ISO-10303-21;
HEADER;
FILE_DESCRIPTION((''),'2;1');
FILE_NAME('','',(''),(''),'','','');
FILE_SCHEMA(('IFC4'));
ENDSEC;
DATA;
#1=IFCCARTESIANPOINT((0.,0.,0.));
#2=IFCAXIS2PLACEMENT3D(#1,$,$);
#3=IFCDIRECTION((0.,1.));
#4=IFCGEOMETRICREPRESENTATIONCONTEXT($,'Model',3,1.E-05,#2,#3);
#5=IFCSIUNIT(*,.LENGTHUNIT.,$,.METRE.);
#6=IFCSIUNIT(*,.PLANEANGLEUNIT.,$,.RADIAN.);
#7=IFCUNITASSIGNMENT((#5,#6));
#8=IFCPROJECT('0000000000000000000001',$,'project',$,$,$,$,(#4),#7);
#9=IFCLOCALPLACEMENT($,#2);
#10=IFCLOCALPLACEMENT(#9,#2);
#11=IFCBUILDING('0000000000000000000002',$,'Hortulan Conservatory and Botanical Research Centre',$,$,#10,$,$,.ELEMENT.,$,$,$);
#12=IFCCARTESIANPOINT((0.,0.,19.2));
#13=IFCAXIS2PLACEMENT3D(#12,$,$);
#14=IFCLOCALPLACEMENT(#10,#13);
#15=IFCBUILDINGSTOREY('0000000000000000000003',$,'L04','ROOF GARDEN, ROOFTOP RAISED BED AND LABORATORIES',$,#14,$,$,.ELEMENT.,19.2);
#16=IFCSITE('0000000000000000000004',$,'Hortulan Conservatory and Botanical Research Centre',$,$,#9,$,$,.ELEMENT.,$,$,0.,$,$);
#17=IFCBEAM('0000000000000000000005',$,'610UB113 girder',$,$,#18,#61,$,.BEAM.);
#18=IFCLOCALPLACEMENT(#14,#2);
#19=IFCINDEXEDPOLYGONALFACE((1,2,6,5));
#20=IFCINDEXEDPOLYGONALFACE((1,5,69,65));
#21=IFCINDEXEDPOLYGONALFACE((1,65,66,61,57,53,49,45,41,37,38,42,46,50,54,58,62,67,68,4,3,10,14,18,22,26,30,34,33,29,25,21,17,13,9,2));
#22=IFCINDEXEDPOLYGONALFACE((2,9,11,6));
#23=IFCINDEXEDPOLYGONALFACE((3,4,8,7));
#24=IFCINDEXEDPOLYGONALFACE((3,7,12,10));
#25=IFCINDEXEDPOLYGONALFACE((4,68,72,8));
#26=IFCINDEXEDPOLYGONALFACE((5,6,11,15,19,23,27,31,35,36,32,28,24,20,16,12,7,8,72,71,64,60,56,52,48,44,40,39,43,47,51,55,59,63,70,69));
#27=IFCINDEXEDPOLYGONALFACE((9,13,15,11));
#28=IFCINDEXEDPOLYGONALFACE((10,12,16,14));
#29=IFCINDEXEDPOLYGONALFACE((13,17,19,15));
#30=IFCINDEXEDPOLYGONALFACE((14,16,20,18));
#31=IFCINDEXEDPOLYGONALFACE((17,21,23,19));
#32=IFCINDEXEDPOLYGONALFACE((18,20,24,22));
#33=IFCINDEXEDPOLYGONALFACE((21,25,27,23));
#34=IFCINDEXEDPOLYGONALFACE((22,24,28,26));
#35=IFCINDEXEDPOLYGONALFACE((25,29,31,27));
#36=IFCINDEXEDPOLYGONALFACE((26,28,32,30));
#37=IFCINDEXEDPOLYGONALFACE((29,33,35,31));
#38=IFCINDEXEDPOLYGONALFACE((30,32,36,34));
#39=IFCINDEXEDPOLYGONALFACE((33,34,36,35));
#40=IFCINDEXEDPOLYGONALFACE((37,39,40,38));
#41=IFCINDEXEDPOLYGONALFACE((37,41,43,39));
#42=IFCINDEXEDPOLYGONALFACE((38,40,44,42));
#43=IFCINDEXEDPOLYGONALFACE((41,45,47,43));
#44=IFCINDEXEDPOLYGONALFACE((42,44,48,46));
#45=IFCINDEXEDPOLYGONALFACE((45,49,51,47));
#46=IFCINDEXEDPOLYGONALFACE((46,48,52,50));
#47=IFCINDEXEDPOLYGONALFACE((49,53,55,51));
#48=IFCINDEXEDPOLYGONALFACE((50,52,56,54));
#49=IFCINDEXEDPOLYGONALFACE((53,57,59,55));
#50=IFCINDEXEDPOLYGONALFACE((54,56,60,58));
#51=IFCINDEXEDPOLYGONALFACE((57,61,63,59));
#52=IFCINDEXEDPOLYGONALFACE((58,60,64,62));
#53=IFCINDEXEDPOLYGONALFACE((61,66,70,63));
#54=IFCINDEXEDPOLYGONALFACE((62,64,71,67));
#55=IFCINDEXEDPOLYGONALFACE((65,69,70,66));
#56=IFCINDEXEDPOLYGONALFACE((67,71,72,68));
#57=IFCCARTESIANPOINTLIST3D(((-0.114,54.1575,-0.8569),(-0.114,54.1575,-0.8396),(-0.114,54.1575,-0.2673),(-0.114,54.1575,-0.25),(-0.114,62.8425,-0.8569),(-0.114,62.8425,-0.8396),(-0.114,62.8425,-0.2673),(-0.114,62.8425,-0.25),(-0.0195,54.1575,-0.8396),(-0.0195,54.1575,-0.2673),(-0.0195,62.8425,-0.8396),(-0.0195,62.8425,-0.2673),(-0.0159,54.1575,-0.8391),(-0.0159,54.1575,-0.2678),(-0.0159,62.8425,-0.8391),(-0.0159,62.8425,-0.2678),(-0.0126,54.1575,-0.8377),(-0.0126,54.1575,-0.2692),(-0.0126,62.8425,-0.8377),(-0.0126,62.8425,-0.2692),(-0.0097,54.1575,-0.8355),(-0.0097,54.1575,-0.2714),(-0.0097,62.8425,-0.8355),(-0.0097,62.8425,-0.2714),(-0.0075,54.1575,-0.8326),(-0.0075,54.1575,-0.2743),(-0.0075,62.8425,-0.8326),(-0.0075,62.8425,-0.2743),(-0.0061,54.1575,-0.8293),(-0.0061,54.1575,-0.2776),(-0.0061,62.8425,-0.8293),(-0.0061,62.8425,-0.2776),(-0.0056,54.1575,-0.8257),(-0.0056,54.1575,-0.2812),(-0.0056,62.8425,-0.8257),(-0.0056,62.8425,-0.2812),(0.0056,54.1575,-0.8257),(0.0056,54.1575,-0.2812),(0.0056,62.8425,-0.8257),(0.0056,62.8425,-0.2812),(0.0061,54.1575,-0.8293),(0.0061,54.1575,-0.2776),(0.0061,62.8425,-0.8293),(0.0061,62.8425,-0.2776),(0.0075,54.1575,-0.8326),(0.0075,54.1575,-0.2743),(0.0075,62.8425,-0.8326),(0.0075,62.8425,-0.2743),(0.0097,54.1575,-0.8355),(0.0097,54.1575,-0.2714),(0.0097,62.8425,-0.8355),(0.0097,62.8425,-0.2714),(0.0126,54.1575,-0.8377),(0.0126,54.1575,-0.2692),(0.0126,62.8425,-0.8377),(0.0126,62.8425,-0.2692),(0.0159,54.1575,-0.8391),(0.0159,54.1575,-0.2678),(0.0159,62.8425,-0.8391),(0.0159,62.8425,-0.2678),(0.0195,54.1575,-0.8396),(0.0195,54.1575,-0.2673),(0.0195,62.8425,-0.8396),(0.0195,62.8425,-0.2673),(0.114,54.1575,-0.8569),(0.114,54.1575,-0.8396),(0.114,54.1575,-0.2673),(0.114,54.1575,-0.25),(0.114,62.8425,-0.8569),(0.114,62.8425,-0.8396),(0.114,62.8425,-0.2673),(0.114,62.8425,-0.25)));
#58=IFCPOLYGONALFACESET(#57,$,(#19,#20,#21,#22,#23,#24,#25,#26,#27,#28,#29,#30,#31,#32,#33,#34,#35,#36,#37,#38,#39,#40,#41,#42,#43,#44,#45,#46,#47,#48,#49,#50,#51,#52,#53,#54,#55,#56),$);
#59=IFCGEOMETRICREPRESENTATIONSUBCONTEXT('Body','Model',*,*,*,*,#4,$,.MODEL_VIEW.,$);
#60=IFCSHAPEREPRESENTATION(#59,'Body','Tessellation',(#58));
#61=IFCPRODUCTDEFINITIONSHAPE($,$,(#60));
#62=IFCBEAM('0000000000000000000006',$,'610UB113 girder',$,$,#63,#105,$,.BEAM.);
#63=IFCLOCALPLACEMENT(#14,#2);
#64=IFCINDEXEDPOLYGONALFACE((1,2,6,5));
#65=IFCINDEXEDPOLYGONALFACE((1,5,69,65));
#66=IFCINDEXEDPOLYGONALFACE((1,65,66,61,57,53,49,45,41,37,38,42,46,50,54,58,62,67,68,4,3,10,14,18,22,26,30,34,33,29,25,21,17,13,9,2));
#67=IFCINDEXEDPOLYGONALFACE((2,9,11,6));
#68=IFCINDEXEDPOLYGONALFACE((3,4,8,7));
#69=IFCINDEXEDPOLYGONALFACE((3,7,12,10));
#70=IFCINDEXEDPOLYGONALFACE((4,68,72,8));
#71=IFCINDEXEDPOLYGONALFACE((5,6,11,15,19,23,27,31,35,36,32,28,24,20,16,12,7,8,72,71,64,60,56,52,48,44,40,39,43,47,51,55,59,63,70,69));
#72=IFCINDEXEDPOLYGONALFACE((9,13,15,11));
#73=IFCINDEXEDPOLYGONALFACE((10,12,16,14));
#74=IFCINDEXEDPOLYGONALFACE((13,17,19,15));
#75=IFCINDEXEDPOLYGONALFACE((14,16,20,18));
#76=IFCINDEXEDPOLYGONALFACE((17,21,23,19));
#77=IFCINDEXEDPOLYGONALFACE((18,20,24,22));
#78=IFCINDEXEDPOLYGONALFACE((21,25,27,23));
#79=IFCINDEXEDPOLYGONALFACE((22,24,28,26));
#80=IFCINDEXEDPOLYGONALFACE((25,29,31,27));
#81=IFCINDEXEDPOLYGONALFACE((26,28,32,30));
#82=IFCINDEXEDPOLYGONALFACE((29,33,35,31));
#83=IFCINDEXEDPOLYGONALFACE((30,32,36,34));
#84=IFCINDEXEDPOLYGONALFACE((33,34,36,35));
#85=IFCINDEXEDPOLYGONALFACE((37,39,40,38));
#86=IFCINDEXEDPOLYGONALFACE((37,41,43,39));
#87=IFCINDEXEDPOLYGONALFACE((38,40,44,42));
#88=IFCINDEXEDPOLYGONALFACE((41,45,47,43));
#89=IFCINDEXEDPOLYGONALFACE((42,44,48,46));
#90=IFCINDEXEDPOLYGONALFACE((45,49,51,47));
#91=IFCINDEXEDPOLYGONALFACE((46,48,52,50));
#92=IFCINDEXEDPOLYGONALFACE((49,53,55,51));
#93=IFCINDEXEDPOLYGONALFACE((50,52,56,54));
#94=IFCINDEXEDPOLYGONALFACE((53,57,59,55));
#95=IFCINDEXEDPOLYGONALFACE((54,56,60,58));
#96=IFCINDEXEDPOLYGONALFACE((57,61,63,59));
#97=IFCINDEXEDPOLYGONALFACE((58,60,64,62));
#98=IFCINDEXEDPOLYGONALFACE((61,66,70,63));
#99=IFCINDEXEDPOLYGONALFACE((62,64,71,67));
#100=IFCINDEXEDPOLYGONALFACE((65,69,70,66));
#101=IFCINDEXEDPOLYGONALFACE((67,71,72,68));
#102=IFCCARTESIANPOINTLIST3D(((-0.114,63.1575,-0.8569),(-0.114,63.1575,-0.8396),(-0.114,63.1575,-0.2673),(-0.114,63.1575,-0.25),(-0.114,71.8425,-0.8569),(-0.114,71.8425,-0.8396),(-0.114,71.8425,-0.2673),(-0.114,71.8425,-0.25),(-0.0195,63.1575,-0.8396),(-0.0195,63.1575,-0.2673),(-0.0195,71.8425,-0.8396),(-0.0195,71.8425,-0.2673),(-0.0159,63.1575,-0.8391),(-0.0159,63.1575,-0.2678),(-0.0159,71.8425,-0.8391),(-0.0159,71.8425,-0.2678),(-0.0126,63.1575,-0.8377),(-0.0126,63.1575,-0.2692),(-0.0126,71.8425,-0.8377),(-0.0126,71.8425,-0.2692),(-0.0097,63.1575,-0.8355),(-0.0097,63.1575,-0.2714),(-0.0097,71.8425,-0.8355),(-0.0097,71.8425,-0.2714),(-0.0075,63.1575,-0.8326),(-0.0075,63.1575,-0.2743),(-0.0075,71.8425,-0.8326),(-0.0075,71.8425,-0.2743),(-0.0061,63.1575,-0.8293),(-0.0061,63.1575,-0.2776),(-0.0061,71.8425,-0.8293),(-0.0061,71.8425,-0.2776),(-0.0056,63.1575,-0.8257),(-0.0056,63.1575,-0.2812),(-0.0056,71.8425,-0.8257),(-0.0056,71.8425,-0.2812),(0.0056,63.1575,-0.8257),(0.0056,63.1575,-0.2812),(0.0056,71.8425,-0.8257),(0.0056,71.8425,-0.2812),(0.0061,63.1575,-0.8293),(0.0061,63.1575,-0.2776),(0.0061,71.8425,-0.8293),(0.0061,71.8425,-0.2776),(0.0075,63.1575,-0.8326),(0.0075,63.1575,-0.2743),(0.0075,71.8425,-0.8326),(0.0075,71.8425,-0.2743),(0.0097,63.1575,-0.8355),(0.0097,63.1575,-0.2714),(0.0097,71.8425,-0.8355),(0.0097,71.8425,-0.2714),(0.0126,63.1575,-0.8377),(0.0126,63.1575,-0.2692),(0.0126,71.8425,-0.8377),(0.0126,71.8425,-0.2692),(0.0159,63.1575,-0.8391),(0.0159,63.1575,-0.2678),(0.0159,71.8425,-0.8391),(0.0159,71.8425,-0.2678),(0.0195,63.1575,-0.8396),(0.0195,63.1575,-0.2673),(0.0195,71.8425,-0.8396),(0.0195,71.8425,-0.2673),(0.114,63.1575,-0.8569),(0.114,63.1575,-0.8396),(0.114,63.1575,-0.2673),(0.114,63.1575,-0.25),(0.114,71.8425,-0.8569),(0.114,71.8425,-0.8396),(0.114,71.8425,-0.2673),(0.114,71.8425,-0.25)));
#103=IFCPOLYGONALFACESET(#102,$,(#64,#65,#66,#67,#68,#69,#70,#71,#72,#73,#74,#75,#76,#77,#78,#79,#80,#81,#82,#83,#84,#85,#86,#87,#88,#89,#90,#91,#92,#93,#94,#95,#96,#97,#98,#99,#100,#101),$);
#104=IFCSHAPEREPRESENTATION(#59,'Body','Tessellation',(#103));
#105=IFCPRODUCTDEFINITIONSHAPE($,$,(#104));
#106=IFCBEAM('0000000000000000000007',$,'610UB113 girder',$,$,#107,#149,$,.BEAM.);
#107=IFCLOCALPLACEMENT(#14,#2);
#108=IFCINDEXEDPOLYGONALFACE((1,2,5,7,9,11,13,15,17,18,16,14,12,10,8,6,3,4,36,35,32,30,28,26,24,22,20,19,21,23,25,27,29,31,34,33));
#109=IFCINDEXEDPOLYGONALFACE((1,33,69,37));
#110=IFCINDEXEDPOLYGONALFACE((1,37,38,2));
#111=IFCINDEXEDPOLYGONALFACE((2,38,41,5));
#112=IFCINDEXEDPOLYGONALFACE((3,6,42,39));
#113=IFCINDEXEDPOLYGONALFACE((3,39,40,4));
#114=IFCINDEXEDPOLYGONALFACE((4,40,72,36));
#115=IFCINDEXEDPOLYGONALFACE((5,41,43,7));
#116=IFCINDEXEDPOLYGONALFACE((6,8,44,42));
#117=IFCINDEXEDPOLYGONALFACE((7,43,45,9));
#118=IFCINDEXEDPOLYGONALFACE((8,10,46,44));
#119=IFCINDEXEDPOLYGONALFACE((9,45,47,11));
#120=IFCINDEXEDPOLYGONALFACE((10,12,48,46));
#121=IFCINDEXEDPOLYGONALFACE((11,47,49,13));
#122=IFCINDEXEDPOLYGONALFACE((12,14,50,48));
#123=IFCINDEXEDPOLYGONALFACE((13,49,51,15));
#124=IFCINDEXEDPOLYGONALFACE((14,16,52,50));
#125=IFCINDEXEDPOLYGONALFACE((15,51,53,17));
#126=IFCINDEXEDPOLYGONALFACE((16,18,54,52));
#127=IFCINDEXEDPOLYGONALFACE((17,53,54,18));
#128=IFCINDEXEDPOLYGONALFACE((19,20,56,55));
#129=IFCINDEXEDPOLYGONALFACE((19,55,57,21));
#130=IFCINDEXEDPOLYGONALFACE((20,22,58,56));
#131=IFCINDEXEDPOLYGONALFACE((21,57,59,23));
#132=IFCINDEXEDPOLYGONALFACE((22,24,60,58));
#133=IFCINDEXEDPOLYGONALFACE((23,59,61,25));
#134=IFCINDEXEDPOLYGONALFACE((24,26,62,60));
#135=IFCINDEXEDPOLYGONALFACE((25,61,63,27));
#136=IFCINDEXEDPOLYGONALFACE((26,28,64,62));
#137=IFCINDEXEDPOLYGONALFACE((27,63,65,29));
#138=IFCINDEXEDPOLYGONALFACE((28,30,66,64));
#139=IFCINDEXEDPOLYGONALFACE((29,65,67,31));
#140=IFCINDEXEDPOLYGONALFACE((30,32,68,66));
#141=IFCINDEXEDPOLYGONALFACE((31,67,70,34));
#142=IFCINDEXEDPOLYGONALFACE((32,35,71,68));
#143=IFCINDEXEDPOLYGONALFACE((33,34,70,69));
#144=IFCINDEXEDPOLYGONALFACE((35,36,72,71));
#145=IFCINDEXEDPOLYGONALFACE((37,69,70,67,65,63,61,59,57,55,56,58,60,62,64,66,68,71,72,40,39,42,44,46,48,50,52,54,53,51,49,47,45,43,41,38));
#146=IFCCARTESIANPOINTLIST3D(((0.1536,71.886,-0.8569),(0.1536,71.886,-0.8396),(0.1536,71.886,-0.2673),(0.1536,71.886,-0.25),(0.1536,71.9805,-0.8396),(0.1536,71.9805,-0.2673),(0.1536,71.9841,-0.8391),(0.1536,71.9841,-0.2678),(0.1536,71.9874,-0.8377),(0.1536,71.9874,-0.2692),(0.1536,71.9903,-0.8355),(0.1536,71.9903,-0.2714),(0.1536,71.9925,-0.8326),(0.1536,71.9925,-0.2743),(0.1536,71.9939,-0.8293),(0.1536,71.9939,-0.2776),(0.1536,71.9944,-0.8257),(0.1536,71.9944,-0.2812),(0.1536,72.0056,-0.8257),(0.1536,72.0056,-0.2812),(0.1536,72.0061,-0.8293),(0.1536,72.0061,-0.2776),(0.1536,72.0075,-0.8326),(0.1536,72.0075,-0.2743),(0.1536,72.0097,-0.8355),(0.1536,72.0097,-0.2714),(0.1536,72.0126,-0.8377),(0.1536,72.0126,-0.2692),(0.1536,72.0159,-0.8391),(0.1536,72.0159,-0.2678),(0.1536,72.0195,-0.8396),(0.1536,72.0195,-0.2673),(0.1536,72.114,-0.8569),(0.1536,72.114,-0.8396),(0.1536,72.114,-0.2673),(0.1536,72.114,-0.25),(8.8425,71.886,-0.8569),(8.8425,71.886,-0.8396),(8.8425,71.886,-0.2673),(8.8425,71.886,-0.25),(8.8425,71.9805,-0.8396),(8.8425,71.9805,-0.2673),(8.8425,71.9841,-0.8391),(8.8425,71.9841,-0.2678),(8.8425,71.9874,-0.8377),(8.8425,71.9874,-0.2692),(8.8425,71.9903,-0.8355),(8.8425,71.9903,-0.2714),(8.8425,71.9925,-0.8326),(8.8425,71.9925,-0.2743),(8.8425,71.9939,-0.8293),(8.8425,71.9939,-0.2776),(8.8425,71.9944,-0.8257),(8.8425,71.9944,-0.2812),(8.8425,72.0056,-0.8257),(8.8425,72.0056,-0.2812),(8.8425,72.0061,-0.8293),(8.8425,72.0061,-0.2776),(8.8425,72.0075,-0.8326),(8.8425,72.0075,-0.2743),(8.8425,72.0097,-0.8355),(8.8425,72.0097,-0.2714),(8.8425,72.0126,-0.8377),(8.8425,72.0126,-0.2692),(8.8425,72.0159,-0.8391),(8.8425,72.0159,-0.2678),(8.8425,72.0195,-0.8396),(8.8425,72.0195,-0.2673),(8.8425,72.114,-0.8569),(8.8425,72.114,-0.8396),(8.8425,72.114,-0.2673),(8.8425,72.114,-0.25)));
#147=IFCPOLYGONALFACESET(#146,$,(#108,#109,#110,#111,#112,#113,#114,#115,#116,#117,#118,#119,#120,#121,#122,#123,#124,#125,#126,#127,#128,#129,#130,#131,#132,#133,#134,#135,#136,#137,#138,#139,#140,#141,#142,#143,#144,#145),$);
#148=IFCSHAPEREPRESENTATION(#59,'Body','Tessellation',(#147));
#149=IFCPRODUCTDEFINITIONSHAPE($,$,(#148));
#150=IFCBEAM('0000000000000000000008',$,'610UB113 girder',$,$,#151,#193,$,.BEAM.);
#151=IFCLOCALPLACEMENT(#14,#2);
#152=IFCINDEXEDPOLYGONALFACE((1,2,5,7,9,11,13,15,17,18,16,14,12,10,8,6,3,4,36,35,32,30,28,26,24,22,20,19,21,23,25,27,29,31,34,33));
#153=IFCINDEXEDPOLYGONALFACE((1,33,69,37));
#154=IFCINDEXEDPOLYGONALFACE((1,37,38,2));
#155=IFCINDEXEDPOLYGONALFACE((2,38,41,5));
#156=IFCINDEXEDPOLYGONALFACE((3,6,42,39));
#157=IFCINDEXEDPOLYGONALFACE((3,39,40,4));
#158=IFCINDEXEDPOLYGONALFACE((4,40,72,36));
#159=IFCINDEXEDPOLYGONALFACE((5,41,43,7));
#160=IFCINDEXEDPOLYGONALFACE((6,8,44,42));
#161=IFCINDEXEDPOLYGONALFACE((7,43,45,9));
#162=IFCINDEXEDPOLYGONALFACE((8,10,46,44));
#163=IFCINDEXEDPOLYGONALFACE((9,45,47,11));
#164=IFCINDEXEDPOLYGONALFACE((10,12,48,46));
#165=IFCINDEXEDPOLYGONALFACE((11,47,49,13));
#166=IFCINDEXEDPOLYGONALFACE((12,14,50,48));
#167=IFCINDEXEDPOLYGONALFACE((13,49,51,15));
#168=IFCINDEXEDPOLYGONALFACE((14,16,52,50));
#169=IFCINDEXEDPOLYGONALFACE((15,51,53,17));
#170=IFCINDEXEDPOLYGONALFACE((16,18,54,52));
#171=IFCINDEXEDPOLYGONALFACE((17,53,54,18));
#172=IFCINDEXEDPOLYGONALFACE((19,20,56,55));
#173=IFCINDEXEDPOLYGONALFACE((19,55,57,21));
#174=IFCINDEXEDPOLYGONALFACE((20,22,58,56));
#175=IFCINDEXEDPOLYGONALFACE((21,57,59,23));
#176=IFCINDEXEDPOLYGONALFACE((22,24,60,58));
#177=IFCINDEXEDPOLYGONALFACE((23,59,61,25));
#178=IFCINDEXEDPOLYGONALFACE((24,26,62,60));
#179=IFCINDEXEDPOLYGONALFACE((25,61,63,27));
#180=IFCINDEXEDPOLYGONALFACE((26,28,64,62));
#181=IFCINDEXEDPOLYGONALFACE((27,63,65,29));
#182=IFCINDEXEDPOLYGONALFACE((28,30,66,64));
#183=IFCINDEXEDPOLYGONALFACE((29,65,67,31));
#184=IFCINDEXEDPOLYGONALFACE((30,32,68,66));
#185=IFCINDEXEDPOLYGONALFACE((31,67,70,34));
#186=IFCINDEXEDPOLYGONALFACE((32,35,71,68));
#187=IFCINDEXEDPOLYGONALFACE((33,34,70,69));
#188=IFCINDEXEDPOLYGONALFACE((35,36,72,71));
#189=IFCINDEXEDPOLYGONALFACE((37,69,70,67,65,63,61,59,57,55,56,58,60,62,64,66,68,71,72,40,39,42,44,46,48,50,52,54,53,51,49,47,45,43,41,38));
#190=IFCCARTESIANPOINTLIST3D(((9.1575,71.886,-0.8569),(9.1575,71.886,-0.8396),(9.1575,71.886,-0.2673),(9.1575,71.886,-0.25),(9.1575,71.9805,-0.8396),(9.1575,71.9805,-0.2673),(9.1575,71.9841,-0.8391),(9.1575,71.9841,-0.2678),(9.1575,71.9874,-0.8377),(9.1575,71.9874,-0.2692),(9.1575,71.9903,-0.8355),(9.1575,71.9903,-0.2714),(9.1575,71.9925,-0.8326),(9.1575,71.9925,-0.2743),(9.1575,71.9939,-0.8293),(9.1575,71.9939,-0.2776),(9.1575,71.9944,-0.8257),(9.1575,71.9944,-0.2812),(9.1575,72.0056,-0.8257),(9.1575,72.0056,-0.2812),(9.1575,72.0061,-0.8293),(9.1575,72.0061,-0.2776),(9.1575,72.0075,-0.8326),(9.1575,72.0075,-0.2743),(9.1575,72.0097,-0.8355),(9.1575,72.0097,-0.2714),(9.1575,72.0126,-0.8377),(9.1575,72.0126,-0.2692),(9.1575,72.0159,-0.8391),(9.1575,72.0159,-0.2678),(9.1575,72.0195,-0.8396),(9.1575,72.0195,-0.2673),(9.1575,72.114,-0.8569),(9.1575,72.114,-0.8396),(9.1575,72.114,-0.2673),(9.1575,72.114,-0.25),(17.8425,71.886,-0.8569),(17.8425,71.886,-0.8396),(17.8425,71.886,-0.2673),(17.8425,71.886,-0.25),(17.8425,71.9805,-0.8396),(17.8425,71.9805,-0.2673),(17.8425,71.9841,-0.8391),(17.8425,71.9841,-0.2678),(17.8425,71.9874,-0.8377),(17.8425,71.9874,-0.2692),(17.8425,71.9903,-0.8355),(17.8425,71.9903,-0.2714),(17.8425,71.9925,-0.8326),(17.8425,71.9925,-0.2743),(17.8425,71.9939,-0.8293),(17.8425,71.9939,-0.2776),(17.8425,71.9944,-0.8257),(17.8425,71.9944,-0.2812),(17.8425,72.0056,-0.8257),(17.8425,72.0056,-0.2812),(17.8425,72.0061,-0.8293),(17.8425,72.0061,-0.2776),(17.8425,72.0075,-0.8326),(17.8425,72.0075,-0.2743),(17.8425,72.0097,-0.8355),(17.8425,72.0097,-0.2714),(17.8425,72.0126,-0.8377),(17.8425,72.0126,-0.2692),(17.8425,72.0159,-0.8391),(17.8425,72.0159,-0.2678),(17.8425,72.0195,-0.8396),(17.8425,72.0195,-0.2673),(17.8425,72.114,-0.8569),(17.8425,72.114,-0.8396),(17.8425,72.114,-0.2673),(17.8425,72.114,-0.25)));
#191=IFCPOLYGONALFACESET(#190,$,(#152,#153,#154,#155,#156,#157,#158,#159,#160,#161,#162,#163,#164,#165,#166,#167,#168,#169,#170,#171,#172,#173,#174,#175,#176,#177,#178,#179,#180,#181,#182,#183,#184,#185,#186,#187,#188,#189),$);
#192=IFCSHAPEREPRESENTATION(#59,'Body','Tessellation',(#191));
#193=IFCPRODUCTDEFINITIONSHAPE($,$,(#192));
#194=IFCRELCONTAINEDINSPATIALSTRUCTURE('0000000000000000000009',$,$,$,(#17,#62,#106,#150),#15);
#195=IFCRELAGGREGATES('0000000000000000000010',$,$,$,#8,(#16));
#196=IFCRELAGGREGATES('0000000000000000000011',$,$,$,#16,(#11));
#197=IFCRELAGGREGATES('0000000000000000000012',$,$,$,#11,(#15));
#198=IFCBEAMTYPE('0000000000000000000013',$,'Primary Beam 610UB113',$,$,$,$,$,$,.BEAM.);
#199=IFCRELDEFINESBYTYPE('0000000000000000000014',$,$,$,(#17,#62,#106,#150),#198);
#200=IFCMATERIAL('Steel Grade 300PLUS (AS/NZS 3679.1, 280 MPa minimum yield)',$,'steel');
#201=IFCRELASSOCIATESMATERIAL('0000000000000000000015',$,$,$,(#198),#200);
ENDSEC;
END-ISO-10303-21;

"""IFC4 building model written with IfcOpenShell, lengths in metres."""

from ifc_helpers import new_model, si_unit, direction, frame, origin, origin_2d, place, context, subcontext, project, spatial, i_section, extrude, material, material_profile, profile_set, type_object, element, save


model = new_model("IFC4")

# Units and contexts
model_context = context("Model", 3, precision=1e-05, world=origin(), true_north=direction((0.0, 1.0)))
body_context = subcontext(model_context, "Body", "Model", "MODEL_VIEW")
ifc_project = project(units=[si_unit("LENGTHUNIT", "METRE"), si_unit("PLANEANGLEUNIT", "RADIAN")], contexts=[model_context])

# Site, building, storey
site_placement = place(None, origin())
site = spatial("IfcSite", under=ifc_project, at=site_placement, Name="Hortulan Conservatory and Botanical Research Centre", CompositionType="ELEMENT", RefElevation=0.0)
building_placement = place(site_placement, origin())
building = spatial("IfcBuilding", under=site, at=building_placement, Name="Hortulan Conservatory and Botanical Research Centre", CompositionType="ELEMENT")
storey_placement = place(building_placement, frame((0.0, 0.0, 19.2)))
storey = spatial("IfcBuildingStorey", under=building, at=storey_placement, Name="L04", Description="ROOF GARDEN, ROOFTOP RAISED BED AND LABORATORIES", CompositionType="ELEMENT", Elevation=19.2)

# Beams
ifc_material_1 = material(Name="Steel Grade 300PLUS (AS/NZS 3679.1, 280 MPa minimum yield)", Category="steel")
ifc_material_profile_1 = material_profile(ifc_material_1, i_section(OverallWidth=0.228, OverallDepth=0.6069, WebThickness=0.0112, FlangeThickness=0.0173, FilletRadius=0.0139, at=origin_2d()), Name="610UB113")
ifc_profile_set_1 = profile_set([ifc_material_profile_1], Name="Steel Grade 300PLUS (AS/NZS 3679.1, 280 MPa minimum yield)")
beam_type_1 = type_object("IfcBeamType", Name="Primary Beam 610UB113", PredefinedType="BEAM", material=ifc_profile_set_1)
for number, where, z_axis, x_axis, name in (
    (1, (0.0, 54.1575, -0.5535), (0.0, 1.0, 0.0), (-1.0, 0.0, 0.0), "610UB113 girder"),
    (2, (0.0, 63.1575, -0.5535), (0.0, 1.0, 0.0), (-1.0, 0.0, 0.0), "610UB113 girder"),
):
    element("IfcBeam", number, at=place(storey_placement, frame(where, z_axis=z_axis, x_axis=x_axis)), inside=storey, type_object=beam_type_1, Name=name, PredefinedType="BEAM", context=body_context, shape_type="SweptSolid", body=[
        extrude(i_section(OverallWidth=0.228, OverallDepth=0.6069, WebThickness=0.0112, FlangeThickness=0.0173, FilletRadius=0.0139, at=origin_2d()), origin(), (0.0, 0.0, 1.0), 8.6851),
    ])
beam_1_placement = place(storey_placement, frame((0.1536, 72.0, -0.5535), z_axis=(1.0, 0.0, 0.0), x_axis=(0.0, 1.0, 0.0)))
element("IfcBeam", 3, at=beam_1_placement, inside=storey, type_object=beam_type_1, Name="610UB113 girder", PredefinedType="BEAM", context=body_context, shape_type="SweptSolid", body=[
    extrude(i_section(OverallWidth=0.228, OverallDepth=0.6069, WebThickness=0.0112, FlangeThickness=0.0173, FilletRadius=0.0139, at=origin_2d()), origin(), (0.0, 0.0, 1.0), 8.689),
])
beam_2_placement = place(storey_placement, frame((9.1575, 72.0, -0.5535), z_axis=(1.0, 0.0, 0.0), x_axis=(0.0, 1.0, 0.0)))
element("IfcBeam", 4, at=beam_2_placement, inside=storey, type_object=beam_type_1, Name="610UB113 girder", PredefinedType="BEAM", context=body_context, shape_type="SweptSolid", body=[
    extrude(i_section(OverallWidth=0.228, OverallDepth=0.6069, WebThickness=0.0112, FlangeThickness=0.0173, FilletRadius=0.0139, at=origin_2d()), origin(), (0.0, 0.0, 1.0), 8.6851),
])

save(model, "model.ifc")
